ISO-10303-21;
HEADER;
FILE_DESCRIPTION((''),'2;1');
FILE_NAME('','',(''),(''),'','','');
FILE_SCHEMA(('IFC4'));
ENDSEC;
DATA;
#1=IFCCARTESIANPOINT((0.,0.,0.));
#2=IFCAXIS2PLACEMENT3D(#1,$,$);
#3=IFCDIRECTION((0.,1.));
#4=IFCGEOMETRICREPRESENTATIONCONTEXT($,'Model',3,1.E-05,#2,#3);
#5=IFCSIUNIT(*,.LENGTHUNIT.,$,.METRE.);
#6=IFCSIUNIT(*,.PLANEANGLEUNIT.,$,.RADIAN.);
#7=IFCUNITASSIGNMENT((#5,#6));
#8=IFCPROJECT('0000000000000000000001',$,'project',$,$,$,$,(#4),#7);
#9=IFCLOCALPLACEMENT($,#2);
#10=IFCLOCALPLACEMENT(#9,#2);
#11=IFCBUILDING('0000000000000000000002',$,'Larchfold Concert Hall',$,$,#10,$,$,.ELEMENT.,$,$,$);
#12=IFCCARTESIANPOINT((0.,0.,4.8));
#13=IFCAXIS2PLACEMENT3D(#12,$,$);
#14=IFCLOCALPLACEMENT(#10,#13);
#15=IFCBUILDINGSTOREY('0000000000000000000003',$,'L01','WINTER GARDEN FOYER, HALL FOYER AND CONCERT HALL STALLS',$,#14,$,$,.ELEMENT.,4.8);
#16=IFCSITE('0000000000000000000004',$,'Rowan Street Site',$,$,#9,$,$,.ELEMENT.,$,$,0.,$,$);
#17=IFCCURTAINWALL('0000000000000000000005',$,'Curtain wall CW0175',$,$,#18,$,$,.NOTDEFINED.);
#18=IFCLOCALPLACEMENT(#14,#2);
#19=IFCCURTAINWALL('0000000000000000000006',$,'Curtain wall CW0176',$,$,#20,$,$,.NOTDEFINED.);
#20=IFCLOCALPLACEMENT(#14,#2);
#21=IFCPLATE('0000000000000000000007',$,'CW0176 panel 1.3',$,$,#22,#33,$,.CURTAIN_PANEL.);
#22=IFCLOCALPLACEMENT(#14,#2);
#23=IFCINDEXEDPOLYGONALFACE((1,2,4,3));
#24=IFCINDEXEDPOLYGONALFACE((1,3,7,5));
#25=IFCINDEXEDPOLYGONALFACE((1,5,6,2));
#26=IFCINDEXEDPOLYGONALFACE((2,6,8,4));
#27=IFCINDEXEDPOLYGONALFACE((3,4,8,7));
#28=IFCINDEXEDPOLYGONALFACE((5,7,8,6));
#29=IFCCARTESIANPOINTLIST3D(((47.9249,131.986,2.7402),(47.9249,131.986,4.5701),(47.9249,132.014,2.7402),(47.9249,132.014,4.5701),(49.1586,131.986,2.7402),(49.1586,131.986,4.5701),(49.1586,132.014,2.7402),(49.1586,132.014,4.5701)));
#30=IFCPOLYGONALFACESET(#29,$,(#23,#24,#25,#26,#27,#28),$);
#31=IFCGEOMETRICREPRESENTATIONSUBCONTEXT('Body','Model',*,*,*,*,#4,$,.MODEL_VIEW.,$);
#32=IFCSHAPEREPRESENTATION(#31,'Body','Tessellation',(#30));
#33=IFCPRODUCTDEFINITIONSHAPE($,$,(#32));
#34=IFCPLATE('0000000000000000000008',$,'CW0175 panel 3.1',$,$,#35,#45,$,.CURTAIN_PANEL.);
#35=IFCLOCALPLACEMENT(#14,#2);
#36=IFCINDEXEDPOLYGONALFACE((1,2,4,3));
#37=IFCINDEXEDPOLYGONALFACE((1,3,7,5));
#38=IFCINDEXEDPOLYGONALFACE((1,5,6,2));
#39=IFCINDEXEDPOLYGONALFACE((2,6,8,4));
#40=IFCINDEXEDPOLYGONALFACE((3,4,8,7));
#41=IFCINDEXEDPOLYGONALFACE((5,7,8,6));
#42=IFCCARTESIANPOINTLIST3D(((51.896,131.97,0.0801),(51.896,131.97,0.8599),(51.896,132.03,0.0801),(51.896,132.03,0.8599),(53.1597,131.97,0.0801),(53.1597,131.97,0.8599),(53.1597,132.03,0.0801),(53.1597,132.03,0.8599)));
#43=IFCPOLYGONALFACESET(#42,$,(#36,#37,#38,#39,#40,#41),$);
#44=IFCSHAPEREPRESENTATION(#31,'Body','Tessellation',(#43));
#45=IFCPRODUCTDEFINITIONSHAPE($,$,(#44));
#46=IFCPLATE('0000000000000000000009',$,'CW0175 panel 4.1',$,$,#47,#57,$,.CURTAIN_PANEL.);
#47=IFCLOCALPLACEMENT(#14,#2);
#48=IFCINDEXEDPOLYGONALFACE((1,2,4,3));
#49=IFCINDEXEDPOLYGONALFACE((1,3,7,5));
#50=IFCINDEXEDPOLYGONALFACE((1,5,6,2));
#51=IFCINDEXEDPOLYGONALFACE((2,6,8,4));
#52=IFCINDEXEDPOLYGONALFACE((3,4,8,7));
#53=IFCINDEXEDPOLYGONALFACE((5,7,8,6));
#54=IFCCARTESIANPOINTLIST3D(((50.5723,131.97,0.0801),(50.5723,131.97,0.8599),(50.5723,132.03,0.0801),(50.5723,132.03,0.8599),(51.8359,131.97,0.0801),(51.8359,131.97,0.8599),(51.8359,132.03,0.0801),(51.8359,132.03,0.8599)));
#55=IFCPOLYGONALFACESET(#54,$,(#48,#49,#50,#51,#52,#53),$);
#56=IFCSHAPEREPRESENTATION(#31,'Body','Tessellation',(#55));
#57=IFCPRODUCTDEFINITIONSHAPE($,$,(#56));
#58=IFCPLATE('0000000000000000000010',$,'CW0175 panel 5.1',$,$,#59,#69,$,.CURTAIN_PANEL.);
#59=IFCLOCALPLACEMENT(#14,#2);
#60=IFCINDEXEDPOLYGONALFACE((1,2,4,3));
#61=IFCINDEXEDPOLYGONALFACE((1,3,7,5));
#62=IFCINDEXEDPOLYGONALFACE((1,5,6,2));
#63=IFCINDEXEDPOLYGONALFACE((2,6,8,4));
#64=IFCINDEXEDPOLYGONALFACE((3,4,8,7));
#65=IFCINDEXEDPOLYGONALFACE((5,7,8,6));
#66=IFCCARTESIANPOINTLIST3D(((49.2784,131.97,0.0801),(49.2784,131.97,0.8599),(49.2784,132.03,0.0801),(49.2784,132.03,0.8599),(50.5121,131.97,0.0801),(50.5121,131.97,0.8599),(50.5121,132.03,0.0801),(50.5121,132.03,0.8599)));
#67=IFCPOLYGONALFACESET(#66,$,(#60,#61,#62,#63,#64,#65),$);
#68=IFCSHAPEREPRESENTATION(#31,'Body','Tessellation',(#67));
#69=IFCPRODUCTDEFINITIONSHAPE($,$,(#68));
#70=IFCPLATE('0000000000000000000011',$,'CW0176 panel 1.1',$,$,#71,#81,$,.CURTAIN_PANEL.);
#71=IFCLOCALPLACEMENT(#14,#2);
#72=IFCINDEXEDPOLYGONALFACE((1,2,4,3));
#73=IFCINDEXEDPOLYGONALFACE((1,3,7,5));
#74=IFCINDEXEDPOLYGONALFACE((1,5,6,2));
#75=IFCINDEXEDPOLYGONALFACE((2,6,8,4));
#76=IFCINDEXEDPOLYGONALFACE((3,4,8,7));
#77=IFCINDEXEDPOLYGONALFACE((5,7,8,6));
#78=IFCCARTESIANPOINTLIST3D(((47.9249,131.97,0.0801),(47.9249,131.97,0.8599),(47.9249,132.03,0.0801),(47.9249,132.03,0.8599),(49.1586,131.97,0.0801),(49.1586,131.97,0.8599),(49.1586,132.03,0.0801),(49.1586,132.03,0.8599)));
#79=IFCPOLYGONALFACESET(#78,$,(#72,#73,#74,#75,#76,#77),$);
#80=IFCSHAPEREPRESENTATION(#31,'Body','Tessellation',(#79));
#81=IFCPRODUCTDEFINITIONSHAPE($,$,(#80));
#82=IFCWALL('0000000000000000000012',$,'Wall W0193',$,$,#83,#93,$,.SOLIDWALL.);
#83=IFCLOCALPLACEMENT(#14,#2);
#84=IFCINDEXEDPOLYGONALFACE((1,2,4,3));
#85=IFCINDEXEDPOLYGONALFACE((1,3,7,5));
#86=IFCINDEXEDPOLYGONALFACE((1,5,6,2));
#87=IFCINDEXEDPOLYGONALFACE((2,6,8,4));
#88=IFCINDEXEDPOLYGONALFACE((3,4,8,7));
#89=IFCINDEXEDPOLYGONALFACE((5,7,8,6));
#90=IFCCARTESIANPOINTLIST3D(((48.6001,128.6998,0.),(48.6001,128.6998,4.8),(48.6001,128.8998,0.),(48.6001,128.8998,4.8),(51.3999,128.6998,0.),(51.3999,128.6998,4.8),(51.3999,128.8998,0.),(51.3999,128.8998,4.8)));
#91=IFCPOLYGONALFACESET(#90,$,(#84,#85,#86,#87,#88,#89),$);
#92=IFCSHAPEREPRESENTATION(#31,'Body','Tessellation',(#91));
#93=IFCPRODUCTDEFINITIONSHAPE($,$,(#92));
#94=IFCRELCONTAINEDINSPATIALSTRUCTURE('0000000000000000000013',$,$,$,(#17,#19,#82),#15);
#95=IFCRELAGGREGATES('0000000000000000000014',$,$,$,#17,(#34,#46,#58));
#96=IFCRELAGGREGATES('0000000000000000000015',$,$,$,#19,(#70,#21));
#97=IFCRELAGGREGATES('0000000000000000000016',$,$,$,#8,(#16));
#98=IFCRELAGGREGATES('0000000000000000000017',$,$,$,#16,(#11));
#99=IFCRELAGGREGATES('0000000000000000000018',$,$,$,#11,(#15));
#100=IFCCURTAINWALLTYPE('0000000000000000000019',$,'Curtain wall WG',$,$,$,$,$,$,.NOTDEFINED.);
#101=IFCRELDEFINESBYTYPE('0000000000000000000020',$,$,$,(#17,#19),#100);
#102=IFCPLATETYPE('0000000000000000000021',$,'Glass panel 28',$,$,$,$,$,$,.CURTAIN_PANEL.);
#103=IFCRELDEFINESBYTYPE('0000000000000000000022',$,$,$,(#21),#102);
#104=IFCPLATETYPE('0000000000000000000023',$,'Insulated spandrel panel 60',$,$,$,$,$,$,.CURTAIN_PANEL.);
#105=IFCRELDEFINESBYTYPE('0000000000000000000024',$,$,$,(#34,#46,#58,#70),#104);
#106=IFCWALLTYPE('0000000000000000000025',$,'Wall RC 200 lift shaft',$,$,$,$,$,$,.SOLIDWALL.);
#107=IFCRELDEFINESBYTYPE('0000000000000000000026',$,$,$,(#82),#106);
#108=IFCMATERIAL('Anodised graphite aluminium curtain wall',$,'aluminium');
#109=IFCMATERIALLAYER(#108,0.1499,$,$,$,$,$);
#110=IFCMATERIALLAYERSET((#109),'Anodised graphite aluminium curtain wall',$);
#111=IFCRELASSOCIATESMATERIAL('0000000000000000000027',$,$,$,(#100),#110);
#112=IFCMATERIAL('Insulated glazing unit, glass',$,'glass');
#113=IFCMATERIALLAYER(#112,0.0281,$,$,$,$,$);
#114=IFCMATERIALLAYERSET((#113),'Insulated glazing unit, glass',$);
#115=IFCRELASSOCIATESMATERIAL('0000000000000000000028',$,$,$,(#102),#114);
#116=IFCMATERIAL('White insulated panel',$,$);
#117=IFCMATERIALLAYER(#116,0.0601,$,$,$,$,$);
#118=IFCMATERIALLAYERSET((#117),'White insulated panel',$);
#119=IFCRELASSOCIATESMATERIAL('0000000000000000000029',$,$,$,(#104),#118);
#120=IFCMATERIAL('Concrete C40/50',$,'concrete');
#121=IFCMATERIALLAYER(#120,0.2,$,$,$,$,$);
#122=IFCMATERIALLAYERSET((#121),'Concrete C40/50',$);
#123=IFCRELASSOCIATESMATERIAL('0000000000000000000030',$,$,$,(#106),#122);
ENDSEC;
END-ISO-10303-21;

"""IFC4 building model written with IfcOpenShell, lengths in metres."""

from ifc_helpers import new_model, si_unit, direction, frame, frame_2d, origin, origin_2d, place, context, subcontext, project, spatial, rectangle, extrude, material, layer, layer_set, type_object, element, aggregate, save


model = new_model("IFC4")

# Units and contexts
model_context = context("Model", 3, precision=1e-05, world=origin(), true_north=direction((0.0, 1.0)))
body_context = subcontext(model_context, "Body", "Model", "MODEL_VIEW")
ifc_project = project(units=[si_unit("LENGTHUNIT", "METRE"), si_unit("PLANEANGLEUNIT", "RADIAN")], contexts=[model_context])

# Site, building, storey
site_placement = place(None, origin())
site = spatial("IfcSite", under=ifc_project, at=site_placement, Name="Rowan Street Site", CompositionType="ELEMENT", RefElevation=0.0)
building_placement = place(site_placement, origin())
building = spatial("IfcBuilding", under=site, at=building_placement, Name="Larchfold Concert Hall", CompositionType="ELEMENT")
storey_placement = place(building_placement, frame((0.0, 0.0, 4.8)))
storey = spatial("IfcBuildingStorey", under=building, at=storey_placement, Name="L01", Description="WINTER GARDEN FOYER, HALL FOYER AND CONCERT HALL STALLS", CompositionType="ELEMENT", Elevation=4.8)

# Curtain wall
ifc_material_1 = material(Name="Anodised graphite aluminium curtain wall", Category="aluminium")
ifc_layer_1 = layer(ifc_material_1, 0.1499)
ifc_layer_set_1 = layer_set([ifc_layer_1], Name="Anodised graphite aluminium curtain wall")
curtain_wall_type = type_object("IfcCurtainWallType", Name="Curtain wall WG", PredefinedType="NOTDEFINED", material=ifc_layer_set_1)
curtain_wall_1_placement = place(storey_placement, origin())
curtain_wall_1 = element("IfcCurtainWall", 1, at=curtain_wall_1_placement, inside=storey, type_object=curtain_wall_type, Name="Curtain wall CW0175", PredefinedType="NOTDEFINED")

# Curtain wall
curtain_wall_2_placement = place(storey_placement, origin())
curtain_wall_2 = element("IfcCurtainWall", 2, at=curtain_wall_2_placement, inside=storey, type_object=curtain_wall_type, Name="Curtain wall CW0176", PredefinedType="NOTDEFINED")

# Plates
ifc_material_2 = material(Name="Insulated glazing unit, glass", Category="glass")
ifc_layer_2 = layer(ifc_material_2, 0.0281)
ifc_layer_set_2 = layer_set([ifc_layer_2], Name="Insulated glazing unit, glass")
plate_type_1 = type_object("IfcPlateType", Name="Glass panel 28", PredefinedType="CURTAIN_PANEL", material=ifc_layer_set_2)
plate_1_placement = place(storey_placement, frame((48.5417, 132.0, 2.7402), z_axis=(0.0, 0.0, 1.0), x_axis=(-1.0, 0.0, 0.0)))
plate_1 = element("IfcPlate", 3, at=plate_1_placement, type_object=plate_type_1, Name="CW0176 panel 1.3", PredefinedType="CURTAIN_PANEL", context=body_context, shape_type="SweptSolid", body=[
    extrude(rectangle(XDim=1.2336, YDim=0.0281, at=origin_2d()), origin(), (0.0, 0.0, 1.0), 1.8298),
])
ifc_material_3 = material(Name="White insulated panel")
ifc_layer_3 = layer(ifc_material_3, 0.0601)
ifc_layer_set_3 = layer_set([ifc_layer_3], Name="White insulated panel")
plate_type_2 = type_object("IfcPlateType", Name="Insulated spandrel panel 60", PredefinedType="CURTAIN_PANEL", material=ifc_layer_set_3)
plate_2_placement = place(storey_placement, frame((52.5278, 132.0, 0.0801), z_axis=(0.0, 0.0, 1.0), x_axis=(-1.0, 0.0, 0.0)))
plate_2 = element("IfcPlate", 4, at=plate_2_placement, type_object=plate_type_2, Name="CW0175 panel 3.1", PredefinedType="CURTAIN_PANEL", context=body_context, shape_type="SweptSolid", body=[
    extrude(rectangle(XDim=1.2637, YDim=0.0601, at=origin_2d()), origin(), (0.0, 0.0, 1.0), 0.7798),
])
plate_3_placement = place(storey_placement, frame((51.2041, 132.0, 0.0801), z_axis=(0.0, 0.0, 1.0), x_axis=(-1.0, 0.0, 0.0)))
plate_3 = element("IfcPlate", 5, at=plate_3_placement, type_object=plate_type_2, Name="CW0175 panel 4.1", PredefinedType="CURTAIN_PANEL", context=body_context, shape_type="SweptSolid", body=[
    extrude(rectangle(XDim=1.2637, YDim=0.0601, at=origin_2d()), origin(), (0.0, 0.0, 1.0), 0.7798),
])
plate_4_placement = place(storey_placement, frame((49.8953, 132.0, 0.0801), z_axis=(0.0, 0.0, 1.0), x_axis=(-1.0, 0.0, 0.0)))
plate_4 = element("IfcPlate", 6, at=plate_4_placement, type_object=plate_type_2, Name="CW0175 panel 5.1", PredefinedType="CURTAIN_PANEL", context=body_context, shape_type="SweptSolid", body=[
    extrude(rectangle(XDim=1.2336, YDim=0.0601, at=origin_2d()), origin(), (0.0, 0.0, 1.0), 0.7798),
])
aggregate(curtain_wall_1, [plate_2, plate_3, plate_4])
plate_5_placement = place(storey_placement, frame((48.5417, 132.0, 0.0801), z_axis=(0.0, 0.0, 1.0), x_axis=(-1.0, 0.0, 0.0)))
plate_5 = element("IfcPlate", 7, at=plate_5_placement, type_object=plate_type_2, Name="CW0176 panel 1.1", PredefinedType="CURTAIN_PANEL", context=body_context, shape_type="SweptSolid", body=[
    extrude(rectangle(XDim=1.2336, YDim=0.0601, at=origin_2d()), origin(), (0.0, 0.0, 1.0), 0.7798),
])
aggregate(curtain_wall_2, [plate_5, plate_1])

# Wall
ifc_material_4 = material(Name="Concrete C40/50", Category="concrete")
ifc_layer_4 = layer(ifc_material_4, 0.2)
ifc_layer_set_4 = layer_set([ifc_layer_4], Name="Concrete C40/50")
wall_type = type_object("IfcWallType", Name="Wall RC 200 lift shaft", PredefinedType="SOLIDWALL", material=ifc_layer_set_4)
wall_placement = place(storey_placement, frame((48.6001, 128.7998, 0.0), z_axis=(0.0, 0.0, 1.0), x_axis=(1.0, 0.0, 0.0)))
element("IfcWall", 8, at=wall_placement, inside=storey, type_object=wall_type, Name="Wall W0193", PredefinedType="SOLIDWALL", context=body_context, shape_type="SweptSolid", body=[
    extrude(rectangle(XDim=2.7998, YDim=0.2, at=frame_2d((1.3999, 0.0))), origin(), (0.0, 0.0, 1.0), 4.8),
])

save(model, "model.ifc")
